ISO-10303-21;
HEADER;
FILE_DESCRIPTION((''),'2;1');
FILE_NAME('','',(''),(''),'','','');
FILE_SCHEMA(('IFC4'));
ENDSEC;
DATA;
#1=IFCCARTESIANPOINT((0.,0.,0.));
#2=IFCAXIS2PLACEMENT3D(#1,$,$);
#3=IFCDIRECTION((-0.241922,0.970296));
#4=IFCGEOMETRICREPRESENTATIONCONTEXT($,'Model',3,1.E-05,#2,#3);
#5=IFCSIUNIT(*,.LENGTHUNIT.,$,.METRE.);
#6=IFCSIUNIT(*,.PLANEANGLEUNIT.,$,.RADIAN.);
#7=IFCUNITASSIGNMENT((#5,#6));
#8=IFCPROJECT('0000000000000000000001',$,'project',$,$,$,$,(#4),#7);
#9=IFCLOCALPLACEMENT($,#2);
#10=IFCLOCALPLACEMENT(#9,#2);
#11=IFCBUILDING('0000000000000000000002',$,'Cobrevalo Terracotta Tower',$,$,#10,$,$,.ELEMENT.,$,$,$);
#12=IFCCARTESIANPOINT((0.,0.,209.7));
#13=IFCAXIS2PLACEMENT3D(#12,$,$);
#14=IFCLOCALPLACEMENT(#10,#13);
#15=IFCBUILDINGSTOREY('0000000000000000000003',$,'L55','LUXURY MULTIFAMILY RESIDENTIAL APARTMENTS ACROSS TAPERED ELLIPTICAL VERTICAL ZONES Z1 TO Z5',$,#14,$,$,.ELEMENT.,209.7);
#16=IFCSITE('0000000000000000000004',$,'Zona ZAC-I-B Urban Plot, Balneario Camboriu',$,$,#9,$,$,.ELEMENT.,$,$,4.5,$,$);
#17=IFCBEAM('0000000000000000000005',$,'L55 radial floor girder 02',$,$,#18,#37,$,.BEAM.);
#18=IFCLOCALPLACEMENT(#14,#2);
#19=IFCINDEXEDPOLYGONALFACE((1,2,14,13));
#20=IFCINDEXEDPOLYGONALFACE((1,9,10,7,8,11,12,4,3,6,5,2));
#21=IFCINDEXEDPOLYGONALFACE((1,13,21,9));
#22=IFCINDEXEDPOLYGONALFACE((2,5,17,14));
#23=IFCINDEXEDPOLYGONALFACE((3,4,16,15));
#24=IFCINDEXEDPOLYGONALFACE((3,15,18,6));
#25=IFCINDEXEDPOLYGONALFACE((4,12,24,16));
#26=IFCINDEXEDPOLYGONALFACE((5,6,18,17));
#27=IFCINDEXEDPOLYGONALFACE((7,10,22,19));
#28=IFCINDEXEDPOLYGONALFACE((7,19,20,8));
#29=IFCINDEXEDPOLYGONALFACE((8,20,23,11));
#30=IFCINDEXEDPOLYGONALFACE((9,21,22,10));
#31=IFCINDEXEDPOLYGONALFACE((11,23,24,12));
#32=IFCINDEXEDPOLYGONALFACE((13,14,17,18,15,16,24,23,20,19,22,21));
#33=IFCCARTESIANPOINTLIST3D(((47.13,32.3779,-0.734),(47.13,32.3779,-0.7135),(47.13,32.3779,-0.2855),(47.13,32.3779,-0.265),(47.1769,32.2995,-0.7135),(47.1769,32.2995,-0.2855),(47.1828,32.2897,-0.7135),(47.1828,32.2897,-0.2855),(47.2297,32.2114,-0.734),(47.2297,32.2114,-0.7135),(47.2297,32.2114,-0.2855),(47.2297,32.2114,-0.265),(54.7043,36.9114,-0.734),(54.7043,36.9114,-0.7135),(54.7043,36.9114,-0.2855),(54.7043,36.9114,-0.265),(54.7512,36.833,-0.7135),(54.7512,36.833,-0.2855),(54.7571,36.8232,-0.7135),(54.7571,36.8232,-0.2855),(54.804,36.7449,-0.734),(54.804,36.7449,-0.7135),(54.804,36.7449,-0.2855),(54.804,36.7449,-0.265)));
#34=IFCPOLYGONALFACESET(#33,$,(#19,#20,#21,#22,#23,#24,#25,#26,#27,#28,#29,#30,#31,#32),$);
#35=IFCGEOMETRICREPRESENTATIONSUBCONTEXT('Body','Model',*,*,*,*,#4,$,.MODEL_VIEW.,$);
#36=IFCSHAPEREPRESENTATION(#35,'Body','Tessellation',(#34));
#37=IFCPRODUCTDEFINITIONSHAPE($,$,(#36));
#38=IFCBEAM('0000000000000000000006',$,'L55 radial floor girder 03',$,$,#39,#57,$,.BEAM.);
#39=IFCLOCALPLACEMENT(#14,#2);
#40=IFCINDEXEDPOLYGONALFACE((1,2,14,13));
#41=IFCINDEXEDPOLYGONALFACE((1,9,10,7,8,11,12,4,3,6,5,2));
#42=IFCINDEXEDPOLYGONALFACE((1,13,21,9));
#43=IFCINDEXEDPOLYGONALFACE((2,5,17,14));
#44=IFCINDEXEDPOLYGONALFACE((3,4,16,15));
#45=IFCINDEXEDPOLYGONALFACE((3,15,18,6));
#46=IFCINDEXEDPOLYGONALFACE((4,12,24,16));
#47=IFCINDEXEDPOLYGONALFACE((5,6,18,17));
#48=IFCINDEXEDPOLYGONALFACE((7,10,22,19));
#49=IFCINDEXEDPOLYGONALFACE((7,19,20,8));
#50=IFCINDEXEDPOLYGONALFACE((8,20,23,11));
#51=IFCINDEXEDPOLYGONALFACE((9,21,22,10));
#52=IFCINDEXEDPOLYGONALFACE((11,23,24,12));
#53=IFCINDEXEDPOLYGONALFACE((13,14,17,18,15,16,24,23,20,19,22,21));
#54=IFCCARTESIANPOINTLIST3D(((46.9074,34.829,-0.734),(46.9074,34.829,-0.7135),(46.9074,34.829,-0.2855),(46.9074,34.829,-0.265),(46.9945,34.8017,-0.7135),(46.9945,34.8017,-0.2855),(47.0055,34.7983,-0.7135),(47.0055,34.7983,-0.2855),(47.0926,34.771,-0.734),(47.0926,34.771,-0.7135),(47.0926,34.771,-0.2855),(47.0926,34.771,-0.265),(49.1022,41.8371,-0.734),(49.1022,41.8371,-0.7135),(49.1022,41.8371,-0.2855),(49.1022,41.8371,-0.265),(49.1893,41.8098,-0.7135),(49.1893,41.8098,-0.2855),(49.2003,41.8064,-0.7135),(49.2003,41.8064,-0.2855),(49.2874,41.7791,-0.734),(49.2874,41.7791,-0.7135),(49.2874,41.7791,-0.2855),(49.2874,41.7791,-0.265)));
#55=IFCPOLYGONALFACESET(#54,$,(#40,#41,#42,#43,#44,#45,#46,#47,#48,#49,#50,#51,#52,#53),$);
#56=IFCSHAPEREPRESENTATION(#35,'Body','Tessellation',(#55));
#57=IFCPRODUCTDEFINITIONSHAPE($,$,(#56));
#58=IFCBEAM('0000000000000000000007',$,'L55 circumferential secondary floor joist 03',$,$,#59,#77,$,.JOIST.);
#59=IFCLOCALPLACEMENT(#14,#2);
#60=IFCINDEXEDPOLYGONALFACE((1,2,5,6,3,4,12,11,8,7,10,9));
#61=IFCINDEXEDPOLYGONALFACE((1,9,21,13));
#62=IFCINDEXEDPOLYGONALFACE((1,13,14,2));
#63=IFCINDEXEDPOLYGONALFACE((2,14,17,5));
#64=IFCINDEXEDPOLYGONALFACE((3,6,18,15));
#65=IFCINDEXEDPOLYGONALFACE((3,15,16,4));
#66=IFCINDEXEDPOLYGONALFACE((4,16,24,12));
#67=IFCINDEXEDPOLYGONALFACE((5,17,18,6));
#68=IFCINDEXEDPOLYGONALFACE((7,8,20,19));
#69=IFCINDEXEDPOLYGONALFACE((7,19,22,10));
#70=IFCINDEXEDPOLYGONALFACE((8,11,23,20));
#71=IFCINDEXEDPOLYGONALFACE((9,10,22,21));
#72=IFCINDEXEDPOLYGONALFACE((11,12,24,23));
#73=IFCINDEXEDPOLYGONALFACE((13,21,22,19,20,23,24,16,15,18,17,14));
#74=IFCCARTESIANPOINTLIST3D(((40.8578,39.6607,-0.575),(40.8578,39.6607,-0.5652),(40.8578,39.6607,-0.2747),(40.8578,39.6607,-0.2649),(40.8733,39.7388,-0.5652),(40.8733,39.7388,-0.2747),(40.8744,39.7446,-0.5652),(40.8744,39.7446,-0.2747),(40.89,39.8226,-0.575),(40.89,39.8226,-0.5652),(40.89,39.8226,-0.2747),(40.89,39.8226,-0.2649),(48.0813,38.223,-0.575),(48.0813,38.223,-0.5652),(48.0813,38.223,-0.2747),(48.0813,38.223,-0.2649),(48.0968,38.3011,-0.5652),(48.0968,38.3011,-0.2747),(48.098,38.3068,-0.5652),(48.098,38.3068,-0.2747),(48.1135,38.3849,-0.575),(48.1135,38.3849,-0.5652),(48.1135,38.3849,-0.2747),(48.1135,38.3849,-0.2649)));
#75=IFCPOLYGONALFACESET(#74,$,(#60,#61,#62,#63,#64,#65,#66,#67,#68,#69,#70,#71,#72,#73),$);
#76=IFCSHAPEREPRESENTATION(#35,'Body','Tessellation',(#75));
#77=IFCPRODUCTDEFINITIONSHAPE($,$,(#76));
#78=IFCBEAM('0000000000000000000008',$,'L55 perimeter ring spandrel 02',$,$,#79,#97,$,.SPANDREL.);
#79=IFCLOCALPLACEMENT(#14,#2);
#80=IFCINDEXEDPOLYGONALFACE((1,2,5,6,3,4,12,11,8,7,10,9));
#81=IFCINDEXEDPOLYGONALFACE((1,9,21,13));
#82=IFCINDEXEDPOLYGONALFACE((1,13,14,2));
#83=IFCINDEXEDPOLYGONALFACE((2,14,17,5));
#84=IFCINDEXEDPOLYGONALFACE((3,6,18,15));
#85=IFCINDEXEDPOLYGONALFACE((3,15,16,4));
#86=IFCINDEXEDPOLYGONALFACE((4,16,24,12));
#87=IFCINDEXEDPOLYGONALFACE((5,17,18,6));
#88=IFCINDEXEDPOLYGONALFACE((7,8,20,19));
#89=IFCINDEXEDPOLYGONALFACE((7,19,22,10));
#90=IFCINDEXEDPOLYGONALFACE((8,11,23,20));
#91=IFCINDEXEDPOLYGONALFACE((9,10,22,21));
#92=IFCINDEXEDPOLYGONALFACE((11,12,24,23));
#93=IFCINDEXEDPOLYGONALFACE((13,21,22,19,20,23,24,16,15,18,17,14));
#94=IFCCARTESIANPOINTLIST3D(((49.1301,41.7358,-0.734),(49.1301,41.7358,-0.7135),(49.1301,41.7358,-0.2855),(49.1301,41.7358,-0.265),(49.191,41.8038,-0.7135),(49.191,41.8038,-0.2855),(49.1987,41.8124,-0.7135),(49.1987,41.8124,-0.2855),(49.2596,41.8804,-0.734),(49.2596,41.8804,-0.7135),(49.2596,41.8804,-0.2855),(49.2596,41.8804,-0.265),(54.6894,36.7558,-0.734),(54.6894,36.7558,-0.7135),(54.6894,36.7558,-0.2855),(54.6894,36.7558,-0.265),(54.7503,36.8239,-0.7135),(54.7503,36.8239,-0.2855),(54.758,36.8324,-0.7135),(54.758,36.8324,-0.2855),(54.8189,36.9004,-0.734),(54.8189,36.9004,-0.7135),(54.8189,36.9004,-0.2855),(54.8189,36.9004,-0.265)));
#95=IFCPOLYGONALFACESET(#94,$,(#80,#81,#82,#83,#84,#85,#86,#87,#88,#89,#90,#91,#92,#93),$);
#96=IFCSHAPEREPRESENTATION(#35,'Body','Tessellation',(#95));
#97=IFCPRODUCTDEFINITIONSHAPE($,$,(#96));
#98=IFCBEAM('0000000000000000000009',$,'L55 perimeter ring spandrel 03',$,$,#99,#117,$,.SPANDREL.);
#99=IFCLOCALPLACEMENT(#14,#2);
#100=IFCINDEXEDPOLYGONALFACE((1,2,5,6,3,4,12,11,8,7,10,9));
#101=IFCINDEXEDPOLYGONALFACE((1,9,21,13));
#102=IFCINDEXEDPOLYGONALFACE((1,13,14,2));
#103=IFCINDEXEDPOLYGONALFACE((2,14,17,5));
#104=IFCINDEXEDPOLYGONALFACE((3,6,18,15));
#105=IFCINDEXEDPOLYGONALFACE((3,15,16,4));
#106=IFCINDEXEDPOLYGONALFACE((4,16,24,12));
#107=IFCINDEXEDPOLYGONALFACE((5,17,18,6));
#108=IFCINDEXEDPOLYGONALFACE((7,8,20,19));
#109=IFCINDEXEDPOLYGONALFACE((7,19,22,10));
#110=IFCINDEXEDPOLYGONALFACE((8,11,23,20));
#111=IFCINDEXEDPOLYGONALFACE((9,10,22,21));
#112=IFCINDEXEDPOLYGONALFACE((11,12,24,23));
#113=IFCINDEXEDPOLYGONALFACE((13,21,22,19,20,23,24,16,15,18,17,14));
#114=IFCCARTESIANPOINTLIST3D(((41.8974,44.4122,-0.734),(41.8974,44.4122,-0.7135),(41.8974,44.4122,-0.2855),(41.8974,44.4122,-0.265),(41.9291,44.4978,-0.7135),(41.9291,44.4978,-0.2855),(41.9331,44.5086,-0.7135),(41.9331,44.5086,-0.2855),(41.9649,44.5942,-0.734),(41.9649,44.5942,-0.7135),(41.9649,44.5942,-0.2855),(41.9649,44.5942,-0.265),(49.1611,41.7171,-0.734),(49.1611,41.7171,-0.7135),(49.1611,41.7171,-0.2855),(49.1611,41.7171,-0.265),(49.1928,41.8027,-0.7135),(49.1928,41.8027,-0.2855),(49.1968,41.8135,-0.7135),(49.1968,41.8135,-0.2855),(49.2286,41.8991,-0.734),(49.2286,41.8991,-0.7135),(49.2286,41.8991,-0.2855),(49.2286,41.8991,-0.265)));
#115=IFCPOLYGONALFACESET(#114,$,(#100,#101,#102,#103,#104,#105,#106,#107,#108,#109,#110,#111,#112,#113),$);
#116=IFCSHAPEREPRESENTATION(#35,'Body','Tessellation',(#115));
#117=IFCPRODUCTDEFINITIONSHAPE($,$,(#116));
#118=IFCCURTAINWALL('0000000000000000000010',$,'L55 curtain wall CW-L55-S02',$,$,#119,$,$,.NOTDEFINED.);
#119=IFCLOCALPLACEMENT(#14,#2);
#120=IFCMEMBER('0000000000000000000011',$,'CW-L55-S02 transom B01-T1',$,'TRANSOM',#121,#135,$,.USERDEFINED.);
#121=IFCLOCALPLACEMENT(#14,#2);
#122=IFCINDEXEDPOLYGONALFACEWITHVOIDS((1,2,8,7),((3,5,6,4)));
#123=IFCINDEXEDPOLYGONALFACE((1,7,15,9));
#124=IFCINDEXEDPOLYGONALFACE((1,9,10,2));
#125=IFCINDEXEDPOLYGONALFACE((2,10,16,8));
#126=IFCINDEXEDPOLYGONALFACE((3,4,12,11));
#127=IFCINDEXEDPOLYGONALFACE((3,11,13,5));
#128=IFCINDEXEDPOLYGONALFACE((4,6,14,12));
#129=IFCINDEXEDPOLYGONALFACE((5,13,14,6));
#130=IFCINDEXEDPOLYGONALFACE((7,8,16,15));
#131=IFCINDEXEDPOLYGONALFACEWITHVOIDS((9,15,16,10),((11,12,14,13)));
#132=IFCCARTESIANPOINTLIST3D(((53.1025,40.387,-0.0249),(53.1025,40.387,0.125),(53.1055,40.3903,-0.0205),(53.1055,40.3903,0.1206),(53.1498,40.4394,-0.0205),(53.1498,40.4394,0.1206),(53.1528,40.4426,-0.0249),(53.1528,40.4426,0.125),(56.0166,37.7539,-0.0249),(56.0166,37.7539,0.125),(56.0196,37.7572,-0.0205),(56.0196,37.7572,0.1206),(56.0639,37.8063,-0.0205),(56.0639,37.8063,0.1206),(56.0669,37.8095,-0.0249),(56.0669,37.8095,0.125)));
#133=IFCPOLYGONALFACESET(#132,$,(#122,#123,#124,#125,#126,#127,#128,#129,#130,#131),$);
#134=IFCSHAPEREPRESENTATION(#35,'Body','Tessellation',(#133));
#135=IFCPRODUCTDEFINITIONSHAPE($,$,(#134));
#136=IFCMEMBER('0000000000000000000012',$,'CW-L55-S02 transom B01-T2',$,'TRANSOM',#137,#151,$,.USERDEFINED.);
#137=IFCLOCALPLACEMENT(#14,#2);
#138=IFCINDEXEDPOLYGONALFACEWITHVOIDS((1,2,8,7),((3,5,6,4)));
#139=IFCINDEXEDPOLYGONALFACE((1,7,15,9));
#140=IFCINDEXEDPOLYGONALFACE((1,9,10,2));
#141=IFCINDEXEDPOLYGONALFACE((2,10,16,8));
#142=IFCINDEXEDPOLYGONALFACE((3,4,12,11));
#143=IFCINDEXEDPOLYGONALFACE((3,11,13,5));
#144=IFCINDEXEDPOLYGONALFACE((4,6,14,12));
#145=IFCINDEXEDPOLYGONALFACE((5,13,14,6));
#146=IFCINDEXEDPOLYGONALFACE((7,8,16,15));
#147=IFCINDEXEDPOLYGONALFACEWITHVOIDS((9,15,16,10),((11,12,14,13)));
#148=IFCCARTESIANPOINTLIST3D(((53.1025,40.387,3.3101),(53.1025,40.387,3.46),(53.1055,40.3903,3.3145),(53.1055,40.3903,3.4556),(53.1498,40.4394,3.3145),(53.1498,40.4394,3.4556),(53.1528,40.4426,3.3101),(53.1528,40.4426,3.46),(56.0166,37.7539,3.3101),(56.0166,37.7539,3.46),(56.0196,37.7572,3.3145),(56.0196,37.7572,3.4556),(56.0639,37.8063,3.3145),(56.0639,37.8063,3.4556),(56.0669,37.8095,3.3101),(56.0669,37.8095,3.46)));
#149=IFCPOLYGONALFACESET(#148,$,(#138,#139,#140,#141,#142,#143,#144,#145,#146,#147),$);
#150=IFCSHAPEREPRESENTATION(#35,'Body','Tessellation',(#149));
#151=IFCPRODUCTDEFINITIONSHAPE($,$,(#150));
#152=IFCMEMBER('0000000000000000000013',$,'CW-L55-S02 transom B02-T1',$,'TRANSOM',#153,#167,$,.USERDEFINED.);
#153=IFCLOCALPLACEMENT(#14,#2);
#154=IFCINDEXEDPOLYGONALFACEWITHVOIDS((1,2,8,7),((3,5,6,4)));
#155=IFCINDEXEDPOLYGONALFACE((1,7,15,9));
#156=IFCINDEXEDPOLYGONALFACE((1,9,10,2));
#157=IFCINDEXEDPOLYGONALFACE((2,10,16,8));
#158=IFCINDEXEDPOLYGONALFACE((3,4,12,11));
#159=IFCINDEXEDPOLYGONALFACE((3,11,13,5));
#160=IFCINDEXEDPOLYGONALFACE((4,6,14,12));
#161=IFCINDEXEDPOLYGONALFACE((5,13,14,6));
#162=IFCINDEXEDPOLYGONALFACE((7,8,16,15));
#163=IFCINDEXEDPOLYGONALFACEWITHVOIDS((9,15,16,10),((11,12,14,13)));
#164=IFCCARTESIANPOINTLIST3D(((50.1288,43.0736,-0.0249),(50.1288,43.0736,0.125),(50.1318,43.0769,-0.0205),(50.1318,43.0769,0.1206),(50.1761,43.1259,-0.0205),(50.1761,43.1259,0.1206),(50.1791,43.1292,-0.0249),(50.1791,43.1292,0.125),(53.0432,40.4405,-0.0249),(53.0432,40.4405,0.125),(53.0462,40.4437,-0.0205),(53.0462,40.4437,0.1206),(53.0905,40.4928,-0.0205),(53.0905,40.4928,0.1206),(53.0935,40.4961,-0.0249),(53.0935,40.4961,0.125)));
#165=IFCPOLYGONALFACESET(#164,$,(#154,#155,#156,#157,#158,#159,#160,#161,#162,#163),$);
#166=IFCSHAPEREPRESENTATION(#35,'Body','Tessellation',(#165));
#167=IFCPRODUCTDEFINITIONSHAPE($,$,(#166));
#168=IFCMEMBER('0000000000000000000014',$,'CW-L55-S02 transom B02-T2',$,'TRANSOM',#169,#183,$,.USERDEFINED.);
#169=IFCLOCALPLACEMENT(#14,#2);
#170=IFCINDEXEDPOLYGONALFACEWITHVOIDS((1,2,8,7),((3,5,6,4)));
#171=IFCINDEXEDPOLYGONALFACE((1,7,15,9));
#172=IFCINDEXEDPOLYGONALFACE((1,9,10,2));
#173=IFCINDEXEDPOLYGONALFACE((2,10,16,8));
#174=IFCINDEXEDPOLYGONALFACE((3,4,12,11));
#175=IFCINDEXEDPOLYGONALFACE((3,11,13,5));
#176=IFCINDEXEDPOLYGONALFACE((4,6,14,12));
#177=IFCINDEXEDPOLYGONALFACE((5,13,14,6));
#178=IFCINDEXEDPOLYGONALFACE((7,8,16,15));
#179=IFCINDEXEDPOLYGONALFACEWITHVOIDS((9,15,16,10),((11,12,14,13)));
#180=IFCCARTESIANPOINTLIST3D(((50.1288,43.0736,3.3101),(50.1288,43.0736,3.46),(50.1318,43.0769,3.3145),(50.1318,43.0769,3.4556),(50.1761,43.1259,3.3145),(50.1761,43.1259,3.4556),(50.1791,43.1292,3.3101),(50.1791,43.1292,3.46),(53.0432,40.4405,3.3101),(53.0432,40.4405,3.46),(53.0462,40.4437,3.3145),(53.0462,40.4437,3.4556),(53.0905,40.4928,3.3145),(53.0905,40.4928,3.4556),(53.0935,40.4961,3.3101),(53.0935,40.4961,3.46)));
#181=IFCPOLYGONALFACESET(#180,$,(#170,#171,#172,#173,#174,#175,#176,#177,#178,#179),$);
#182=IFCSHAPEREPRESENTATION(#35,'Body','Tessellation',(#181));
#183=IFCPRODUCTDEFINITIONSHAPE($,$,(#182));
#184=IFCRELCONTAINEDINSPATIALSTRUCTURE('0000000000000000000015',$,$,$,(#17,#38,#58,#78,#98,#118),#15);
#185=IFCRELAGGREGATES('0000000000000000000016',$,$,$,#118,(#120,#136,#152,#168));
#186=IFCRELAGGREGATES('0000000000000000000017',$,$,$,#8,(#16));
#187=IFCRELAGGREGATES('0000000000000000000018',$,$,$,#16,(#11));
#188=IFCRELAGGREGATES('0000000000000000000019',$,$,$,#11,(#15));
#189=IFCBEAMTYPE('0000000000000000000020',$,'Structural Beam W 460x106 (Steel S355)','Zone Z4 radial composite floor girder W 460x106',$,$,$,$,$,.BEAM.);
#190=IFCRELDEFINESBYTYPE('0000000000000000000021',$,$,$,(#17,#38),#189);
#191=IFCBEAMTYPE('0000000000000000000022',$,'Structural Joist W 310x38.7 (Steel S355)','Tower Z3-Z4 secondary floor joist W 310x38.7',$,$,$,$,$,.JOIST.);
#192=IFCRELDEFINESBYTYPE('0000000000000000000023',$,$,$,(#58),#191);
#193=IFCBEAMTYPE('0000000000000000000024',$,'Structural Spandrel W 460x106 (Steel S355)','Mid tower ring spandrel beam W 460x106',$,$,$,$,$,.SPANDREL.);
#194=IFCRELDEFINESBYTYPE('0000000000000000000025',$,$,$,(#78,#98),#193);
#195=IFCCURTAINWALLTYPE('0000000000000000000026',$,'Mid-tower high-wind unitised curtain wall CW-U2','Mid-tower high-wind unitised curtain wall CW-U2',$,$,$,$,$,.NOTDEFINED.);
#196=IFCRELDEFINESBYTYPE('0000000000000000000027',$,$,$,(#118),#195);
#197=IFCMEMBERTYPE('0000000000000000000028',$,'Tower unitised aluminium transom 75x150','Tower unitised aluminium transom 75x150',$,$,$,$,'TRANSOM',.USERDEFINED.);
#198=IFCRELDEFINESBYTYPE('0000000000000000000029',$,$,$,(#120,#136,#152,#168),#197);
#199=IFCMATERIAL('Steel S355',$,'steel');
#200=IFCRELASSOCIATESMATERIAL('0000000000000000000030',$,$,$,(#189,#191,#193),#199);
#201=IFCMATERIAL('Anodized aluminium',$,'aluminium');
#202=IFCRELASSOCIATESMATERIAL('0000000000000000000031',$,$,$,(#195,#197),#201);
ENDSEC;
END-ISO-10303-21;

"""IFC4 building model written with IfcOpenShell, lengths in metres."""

from ifc_helpers import new_model, si_unit, direction, frame, origin, origin_2d, place, context, subcontext, project, spatial, hollow_rectangle, i_section, extrude, source, transform, mapped, material, material_profile, profile_set, type_object, element, aggregate, save


model = new_model("IFC4")

# Units and contexts
model_context = context("Model", 3, precision=1e-05, world=origin(), true_north=direction((-0.241922, 0.970296)))
body_context = subcontext(model_context, "Body", "Model", "MODEL_VIEW")
ifc_project = project(units=[si_unit("LENGTHUNIT", "METRE"), si_unit("PLANEANGLEUNIT", "RADIAN")], contexts=[model_context])

# Site, building, storey
site_placement = place(None, origin())
site = spatial("IfcSite", under=ifc_project, at=site_placement, Name="Zona ZAC-I-B Urban Plot, Balneario Camboriu", CompositionType="ELEMENT", RefElevation=4.5)
building_placement = place(site_placement, origin())
building = spatial("IfcBuilding", under=site, at=building_placement, Name="Cobrevalo Terracotta Tower", CompositionType="ELEMENT")
storey_placement = place(building_placement, frame((0.0, 0.0, 209.7)))
storey = spatial("IfcBuildingStorey", under=building, at=storey_placement, Name="L55", Description="LUXURY MULTIFAMILY RESIDENTIAL APARTMENTS ACROSS TAPERED ELLIPTICAL VERTICAL ZONES Z1 TO Z5", CompositionType="ELEMENT", Elevation=209.7)

# Shared definitions
ifc_material_1 = material(Name="Steel S355", Category="steel")

# Beams
ifc_material_profile_1 = material_profile(ifc_material_1, i_section(OverallWidth=0.1941, OverallDepth=0.469, WebThickness=0.0115, FlangeThickness=0.0205, at=origin_2d()), Name="W 460x106")
ifc_profile_set_1 = profile_set([ifc_material_profile_1], Name="Steel S355")
beam_type_1 = type_object("IfcBeamType", Name="Structural Beam W 460x106 (Steel S355)", Description="Zone Z4 radial composite floor girder W 460x106", PredefinedType="BEAM", material=ifc_profile_set_1)
beam_1_placement = place(storey_placement, frame((54.7542, 36.8281, -0.4995), z_axis=(-0.858046, -0.513572, 0.0), x_axis=(0.513572, -0.858046, 0.0)))
element("IfcBeam", 1, at=beam_1_placement, inside=storey, type_object=beam_type_1, Name="L55 radial floor girder 02", PredefinedType="BEAM", context=body_context, shape_type="SweptSolid", body=[
    extrude(i_section(OverallWidth=0.1941, OverallDepth=0.469, WebThickness=0.0115, FlangeThickness=0.0205, at=origin_2d()), origin(), (0.0, 0.0, 1.0), 8.8274),
])
beam_2_placement = place(storey_placement, frame((49.1948, 41.8081, -0.4995), z_axis=(-0.298871, -0.954293, 0.0), x_axis=(0.954293, -0.298871, 0.0)))
element("IfcBeam", 2, at=beam_2_placement, inside=storey, type_object=beam_type_1, Name="L55 radial floor girder 03", PredefinedType="BEAM", context=body_context, shape_type="SweptSolid", body=[
    extrude(i_section(OverallWidth=0.1941, OverallDepth=0.469, WebThickness=0.0115, FlangeThickness=0.0205, at=origin_2d()), origin(), (0.0, 0.0, 1.0), 7.3438),
])
ifc_material_profile_2 = material_profile(ifc_material_1, i_section(OverallWidth=0.165, OverallDepth=0.3101, WebThickness=0.0059, FlangeThickness=0.0098, at=origin_2d()), Name="W 310x38.7")
ifc_profile_set_2 = profile_set([ifc_material_profile_2], Name="Steel S355")
beam_type_2 = type_object("IfcBeamType", Name="Structural Joist W 310x38.7 (Steel S355)", Description="Tower Z3-Z4 secondary floor joist W 310x38.7", PredefinedType="JOIST", material=ifc_profile_set_2)
beam_3_placement = place(storey_placement, frame((48.0974, 38.304, -0.4199), z_axis=(-0.980763, 0.195204, 0.0), x_axis=(-0.195204, -0.980763, 0.0)))
element("IfcBeam", 3, at=beam_3_placement, inside=storey, type_object=beam_type_2, Name="L55 circumferential secondary floor joist 03", PredefinedType="JOIST", context=body_context, shape_type="SweptSolid", body=[
    extrude(i_section(OverallWidth=0.165, OverallDepth=0.3101, WebThickness=0.0059, FlangeThickness=0.0098, at=origin_2d()), origin(), (0.0, 0.0, 1.0), 7.3652),
])
ifc_material_profile_3 = material_profile(ifc_material_1, i_section(OverallWidth=0.1941, OverallDepth=0.469, WebThickness=0.0115, FlangeThickness=0.0205, at=origin_2d()), Name="W 460x106")
ifc_profile_set_3 = profile_set([ifc_material_profile_3], Name="Steel S355")
beam_type_3 = type_object("IfcBeamType", Name="Structural Spandrel W 460x106 (Steel S355)", Description="Mid tower ring spandrel beam W 460x106", PredefinedType="SPANDREL", material=ifc_profile_set_3)
beam_4_placement = place(storey_placement, frame((54.7542, 36.8281, -0.4995), z_axis=(-0.744852, 0.66723, 0.0), x_axis=(-0.66723, -0.744852, 0.0)))
element("IfcBeam", 4, at=beam_4_placement, inside=storey, type_object=beam_type_3, Name="L55 perimeter ring spandrel 02", PredefinedType="SPANDREL", context=body_context, shape_type="SweptSolid", body=[
    extrude(i_section(OverallWidth=0.1941, OverallDepth=0.469, WebThickness=0.0115, FlangeThickness=0.0205, at=origin_2d()), origin(), (0.0, 0.0, 1.0), 7.4636),
])
beam_5_placement = place(storey_placement, frame((49.1948, 41.8081, -0.4995), z_axis=(-0.937546, 0.347861, 0.0), x_axis=(-0.347861, -0.937546, 0.0)))
element("IfcBeam", 5, at=beam_5_placement, inside=storey, type_object=beam_type_3, Name="L55 perimeter ring spandrel 03", PredefinedType="SPANDREL", context=body_context, shape_type="SweptSolid", body=[
    extrude(i_section(OverallWidth=0.1941, OverallDepth=0.469, WebThickness=0.0115, FlangeThickness=0.0205, at=origin_2d()), origin(), (0.0, 0.0, 1.0), 7.7476),
])

# Curtain wall, members
ifc_material_2 = material(Name="Anodized aluminium", Category="aluminium")
curtain_wall_type = type_object("IfcCurtainWallType", Name="Mid-tower high-wind unitised curtain wall CW-U2", Description="Mid-tower high-wind unitised curtain wall CW-U2", PredefinedType="NOTDEFINED", material=ifc_material_2)
curtain_wall_1_placement = place(storey_placement, origin())
curtain_wall_1 = element("IfcCurtainWall", 6, at=curtain_wall_1_placement, inside=storey, type_object=curtain_wall_type, Name="L55 curtain wall CW-L55-S02", PredefinedType="NOTDEFINED")
ifc_material_profile_4 = material_profile(ifc_material_2, hollow_rectangle(XDim=0.075, YDim=0.1499, WallThickness=0.0044, at=origin_2d()), Name="CWT 75x150")
ifc_profile_set_4 = profile_set([ifc_material_profile_4], Name="Anodized aluminium")
member_type_1 = type_object("IfcMemberType", Name="Tower unitised aluminium transom 75x150", Description="Tower unitised aluminium transom 75x150", ElementType="TRANSOM", PredefinedType="USERDEFINED", material=ifc_profile_set_4)
shared_shape_1 = source(origin(), body_context, "Body", "SweptSolid", [
    extrude(hollow_rectangle(XDim=0.075, YDim=0.1499, WallThickness=0.0044, at=origin_2d()), origin(), (0.0, 0.0, 1.0), 3.9275),
])
member_1_placement = place(storey_placement, frame((56.0417, 37.7817, 0.05), z_axis=(-0.741976, 0.670426, 0.0), x_axis=(-0.670426, -0.741976, 0.0)))
member_1 = element("IfcMember", 7, at=member_1_placement, type_object=member_type_1, Name="CW-L55-S02 transom B01-T1", ObjectType="TRANSOM", PredefinedType="USERDEFINED", context=body_context, shape_type="MappedRepresentation", body=[
    mapped(shared_shape_1, transform((0.0, 0.0, 0.0), scale=1.0)),
])
member_2_placement = place(storey_placement, frame((56.0417, 37.7817, 3.385), z_axis=(-0.741976, 0.670426, 0.0), x_axis=(-0.670426, -0.741976, 0.0)))
member_2 = element("IfcMember", 8, at=member_2_placement, type_object=member_type_1, Name="CW-L55-S02 transom B01-T2", ObjectType="TRANSOM", PredefinedType="USERDEFINED", context=body_context, shape_type="MappedRepresentation", body=[
    mapped(shared_shape_1, transform((0.0, 0.0, 0.0), scale=1.0)),
])
shared_shape_2 = source(origin(), body_context, "Body", "SweptSolid", [
    extrude(hollow_rectangle(XDim=0.075, YDim=0.1499, WallThickness=0.0044, at=origin_2d()), origin(), (0.0, 0.0, 1.0), 3.9277),
])
member_3_placement = place(storey_placement, frame((53.0684, 40.4683, 0.05), z_axis=(-0.742004, 0.670396, 0.0), x_axis=(-0.670396, -0.742004, 0.0)))
member_3 = element("IfcMember", 9, at=member_3_placement, type_object=member_type_1, Name="CW-L55-S02 transom B02-T1", ObjectType="TRANSOM", PredefinedType="USERDEFINED", context=body_context, shape_type="MappedRepresentation", body=[
    mapped(shared_shape_2, transform((0.0, 0.0, 0.0), scale=1.0)),
])
member_4_placement = place(storey_placement, frame((53.0684, 40.4683, 3.385), z_axis=(-0.742004, 0.670396, 0.0), x_axis=(-0.670396, -0.742004, 0.0)))
member_4 = element("IfcMember", 10, at=member_4_placement, type_object=member_type_1, Name="CW-L55-S02 transom B02-T2", ObjectType="TRANSOM", PredefinedType="USERDEFINED", context=body_context, shape_type="MappedRepresentation", body=[
    mapped(shared_shape_2, transform((0.0, 0.0, 0.0), scale=1.0)),
])

aggregate(curtain_wall_1, [member_1, member_2, member_3, member_4])

save(model, "model.ifc")
